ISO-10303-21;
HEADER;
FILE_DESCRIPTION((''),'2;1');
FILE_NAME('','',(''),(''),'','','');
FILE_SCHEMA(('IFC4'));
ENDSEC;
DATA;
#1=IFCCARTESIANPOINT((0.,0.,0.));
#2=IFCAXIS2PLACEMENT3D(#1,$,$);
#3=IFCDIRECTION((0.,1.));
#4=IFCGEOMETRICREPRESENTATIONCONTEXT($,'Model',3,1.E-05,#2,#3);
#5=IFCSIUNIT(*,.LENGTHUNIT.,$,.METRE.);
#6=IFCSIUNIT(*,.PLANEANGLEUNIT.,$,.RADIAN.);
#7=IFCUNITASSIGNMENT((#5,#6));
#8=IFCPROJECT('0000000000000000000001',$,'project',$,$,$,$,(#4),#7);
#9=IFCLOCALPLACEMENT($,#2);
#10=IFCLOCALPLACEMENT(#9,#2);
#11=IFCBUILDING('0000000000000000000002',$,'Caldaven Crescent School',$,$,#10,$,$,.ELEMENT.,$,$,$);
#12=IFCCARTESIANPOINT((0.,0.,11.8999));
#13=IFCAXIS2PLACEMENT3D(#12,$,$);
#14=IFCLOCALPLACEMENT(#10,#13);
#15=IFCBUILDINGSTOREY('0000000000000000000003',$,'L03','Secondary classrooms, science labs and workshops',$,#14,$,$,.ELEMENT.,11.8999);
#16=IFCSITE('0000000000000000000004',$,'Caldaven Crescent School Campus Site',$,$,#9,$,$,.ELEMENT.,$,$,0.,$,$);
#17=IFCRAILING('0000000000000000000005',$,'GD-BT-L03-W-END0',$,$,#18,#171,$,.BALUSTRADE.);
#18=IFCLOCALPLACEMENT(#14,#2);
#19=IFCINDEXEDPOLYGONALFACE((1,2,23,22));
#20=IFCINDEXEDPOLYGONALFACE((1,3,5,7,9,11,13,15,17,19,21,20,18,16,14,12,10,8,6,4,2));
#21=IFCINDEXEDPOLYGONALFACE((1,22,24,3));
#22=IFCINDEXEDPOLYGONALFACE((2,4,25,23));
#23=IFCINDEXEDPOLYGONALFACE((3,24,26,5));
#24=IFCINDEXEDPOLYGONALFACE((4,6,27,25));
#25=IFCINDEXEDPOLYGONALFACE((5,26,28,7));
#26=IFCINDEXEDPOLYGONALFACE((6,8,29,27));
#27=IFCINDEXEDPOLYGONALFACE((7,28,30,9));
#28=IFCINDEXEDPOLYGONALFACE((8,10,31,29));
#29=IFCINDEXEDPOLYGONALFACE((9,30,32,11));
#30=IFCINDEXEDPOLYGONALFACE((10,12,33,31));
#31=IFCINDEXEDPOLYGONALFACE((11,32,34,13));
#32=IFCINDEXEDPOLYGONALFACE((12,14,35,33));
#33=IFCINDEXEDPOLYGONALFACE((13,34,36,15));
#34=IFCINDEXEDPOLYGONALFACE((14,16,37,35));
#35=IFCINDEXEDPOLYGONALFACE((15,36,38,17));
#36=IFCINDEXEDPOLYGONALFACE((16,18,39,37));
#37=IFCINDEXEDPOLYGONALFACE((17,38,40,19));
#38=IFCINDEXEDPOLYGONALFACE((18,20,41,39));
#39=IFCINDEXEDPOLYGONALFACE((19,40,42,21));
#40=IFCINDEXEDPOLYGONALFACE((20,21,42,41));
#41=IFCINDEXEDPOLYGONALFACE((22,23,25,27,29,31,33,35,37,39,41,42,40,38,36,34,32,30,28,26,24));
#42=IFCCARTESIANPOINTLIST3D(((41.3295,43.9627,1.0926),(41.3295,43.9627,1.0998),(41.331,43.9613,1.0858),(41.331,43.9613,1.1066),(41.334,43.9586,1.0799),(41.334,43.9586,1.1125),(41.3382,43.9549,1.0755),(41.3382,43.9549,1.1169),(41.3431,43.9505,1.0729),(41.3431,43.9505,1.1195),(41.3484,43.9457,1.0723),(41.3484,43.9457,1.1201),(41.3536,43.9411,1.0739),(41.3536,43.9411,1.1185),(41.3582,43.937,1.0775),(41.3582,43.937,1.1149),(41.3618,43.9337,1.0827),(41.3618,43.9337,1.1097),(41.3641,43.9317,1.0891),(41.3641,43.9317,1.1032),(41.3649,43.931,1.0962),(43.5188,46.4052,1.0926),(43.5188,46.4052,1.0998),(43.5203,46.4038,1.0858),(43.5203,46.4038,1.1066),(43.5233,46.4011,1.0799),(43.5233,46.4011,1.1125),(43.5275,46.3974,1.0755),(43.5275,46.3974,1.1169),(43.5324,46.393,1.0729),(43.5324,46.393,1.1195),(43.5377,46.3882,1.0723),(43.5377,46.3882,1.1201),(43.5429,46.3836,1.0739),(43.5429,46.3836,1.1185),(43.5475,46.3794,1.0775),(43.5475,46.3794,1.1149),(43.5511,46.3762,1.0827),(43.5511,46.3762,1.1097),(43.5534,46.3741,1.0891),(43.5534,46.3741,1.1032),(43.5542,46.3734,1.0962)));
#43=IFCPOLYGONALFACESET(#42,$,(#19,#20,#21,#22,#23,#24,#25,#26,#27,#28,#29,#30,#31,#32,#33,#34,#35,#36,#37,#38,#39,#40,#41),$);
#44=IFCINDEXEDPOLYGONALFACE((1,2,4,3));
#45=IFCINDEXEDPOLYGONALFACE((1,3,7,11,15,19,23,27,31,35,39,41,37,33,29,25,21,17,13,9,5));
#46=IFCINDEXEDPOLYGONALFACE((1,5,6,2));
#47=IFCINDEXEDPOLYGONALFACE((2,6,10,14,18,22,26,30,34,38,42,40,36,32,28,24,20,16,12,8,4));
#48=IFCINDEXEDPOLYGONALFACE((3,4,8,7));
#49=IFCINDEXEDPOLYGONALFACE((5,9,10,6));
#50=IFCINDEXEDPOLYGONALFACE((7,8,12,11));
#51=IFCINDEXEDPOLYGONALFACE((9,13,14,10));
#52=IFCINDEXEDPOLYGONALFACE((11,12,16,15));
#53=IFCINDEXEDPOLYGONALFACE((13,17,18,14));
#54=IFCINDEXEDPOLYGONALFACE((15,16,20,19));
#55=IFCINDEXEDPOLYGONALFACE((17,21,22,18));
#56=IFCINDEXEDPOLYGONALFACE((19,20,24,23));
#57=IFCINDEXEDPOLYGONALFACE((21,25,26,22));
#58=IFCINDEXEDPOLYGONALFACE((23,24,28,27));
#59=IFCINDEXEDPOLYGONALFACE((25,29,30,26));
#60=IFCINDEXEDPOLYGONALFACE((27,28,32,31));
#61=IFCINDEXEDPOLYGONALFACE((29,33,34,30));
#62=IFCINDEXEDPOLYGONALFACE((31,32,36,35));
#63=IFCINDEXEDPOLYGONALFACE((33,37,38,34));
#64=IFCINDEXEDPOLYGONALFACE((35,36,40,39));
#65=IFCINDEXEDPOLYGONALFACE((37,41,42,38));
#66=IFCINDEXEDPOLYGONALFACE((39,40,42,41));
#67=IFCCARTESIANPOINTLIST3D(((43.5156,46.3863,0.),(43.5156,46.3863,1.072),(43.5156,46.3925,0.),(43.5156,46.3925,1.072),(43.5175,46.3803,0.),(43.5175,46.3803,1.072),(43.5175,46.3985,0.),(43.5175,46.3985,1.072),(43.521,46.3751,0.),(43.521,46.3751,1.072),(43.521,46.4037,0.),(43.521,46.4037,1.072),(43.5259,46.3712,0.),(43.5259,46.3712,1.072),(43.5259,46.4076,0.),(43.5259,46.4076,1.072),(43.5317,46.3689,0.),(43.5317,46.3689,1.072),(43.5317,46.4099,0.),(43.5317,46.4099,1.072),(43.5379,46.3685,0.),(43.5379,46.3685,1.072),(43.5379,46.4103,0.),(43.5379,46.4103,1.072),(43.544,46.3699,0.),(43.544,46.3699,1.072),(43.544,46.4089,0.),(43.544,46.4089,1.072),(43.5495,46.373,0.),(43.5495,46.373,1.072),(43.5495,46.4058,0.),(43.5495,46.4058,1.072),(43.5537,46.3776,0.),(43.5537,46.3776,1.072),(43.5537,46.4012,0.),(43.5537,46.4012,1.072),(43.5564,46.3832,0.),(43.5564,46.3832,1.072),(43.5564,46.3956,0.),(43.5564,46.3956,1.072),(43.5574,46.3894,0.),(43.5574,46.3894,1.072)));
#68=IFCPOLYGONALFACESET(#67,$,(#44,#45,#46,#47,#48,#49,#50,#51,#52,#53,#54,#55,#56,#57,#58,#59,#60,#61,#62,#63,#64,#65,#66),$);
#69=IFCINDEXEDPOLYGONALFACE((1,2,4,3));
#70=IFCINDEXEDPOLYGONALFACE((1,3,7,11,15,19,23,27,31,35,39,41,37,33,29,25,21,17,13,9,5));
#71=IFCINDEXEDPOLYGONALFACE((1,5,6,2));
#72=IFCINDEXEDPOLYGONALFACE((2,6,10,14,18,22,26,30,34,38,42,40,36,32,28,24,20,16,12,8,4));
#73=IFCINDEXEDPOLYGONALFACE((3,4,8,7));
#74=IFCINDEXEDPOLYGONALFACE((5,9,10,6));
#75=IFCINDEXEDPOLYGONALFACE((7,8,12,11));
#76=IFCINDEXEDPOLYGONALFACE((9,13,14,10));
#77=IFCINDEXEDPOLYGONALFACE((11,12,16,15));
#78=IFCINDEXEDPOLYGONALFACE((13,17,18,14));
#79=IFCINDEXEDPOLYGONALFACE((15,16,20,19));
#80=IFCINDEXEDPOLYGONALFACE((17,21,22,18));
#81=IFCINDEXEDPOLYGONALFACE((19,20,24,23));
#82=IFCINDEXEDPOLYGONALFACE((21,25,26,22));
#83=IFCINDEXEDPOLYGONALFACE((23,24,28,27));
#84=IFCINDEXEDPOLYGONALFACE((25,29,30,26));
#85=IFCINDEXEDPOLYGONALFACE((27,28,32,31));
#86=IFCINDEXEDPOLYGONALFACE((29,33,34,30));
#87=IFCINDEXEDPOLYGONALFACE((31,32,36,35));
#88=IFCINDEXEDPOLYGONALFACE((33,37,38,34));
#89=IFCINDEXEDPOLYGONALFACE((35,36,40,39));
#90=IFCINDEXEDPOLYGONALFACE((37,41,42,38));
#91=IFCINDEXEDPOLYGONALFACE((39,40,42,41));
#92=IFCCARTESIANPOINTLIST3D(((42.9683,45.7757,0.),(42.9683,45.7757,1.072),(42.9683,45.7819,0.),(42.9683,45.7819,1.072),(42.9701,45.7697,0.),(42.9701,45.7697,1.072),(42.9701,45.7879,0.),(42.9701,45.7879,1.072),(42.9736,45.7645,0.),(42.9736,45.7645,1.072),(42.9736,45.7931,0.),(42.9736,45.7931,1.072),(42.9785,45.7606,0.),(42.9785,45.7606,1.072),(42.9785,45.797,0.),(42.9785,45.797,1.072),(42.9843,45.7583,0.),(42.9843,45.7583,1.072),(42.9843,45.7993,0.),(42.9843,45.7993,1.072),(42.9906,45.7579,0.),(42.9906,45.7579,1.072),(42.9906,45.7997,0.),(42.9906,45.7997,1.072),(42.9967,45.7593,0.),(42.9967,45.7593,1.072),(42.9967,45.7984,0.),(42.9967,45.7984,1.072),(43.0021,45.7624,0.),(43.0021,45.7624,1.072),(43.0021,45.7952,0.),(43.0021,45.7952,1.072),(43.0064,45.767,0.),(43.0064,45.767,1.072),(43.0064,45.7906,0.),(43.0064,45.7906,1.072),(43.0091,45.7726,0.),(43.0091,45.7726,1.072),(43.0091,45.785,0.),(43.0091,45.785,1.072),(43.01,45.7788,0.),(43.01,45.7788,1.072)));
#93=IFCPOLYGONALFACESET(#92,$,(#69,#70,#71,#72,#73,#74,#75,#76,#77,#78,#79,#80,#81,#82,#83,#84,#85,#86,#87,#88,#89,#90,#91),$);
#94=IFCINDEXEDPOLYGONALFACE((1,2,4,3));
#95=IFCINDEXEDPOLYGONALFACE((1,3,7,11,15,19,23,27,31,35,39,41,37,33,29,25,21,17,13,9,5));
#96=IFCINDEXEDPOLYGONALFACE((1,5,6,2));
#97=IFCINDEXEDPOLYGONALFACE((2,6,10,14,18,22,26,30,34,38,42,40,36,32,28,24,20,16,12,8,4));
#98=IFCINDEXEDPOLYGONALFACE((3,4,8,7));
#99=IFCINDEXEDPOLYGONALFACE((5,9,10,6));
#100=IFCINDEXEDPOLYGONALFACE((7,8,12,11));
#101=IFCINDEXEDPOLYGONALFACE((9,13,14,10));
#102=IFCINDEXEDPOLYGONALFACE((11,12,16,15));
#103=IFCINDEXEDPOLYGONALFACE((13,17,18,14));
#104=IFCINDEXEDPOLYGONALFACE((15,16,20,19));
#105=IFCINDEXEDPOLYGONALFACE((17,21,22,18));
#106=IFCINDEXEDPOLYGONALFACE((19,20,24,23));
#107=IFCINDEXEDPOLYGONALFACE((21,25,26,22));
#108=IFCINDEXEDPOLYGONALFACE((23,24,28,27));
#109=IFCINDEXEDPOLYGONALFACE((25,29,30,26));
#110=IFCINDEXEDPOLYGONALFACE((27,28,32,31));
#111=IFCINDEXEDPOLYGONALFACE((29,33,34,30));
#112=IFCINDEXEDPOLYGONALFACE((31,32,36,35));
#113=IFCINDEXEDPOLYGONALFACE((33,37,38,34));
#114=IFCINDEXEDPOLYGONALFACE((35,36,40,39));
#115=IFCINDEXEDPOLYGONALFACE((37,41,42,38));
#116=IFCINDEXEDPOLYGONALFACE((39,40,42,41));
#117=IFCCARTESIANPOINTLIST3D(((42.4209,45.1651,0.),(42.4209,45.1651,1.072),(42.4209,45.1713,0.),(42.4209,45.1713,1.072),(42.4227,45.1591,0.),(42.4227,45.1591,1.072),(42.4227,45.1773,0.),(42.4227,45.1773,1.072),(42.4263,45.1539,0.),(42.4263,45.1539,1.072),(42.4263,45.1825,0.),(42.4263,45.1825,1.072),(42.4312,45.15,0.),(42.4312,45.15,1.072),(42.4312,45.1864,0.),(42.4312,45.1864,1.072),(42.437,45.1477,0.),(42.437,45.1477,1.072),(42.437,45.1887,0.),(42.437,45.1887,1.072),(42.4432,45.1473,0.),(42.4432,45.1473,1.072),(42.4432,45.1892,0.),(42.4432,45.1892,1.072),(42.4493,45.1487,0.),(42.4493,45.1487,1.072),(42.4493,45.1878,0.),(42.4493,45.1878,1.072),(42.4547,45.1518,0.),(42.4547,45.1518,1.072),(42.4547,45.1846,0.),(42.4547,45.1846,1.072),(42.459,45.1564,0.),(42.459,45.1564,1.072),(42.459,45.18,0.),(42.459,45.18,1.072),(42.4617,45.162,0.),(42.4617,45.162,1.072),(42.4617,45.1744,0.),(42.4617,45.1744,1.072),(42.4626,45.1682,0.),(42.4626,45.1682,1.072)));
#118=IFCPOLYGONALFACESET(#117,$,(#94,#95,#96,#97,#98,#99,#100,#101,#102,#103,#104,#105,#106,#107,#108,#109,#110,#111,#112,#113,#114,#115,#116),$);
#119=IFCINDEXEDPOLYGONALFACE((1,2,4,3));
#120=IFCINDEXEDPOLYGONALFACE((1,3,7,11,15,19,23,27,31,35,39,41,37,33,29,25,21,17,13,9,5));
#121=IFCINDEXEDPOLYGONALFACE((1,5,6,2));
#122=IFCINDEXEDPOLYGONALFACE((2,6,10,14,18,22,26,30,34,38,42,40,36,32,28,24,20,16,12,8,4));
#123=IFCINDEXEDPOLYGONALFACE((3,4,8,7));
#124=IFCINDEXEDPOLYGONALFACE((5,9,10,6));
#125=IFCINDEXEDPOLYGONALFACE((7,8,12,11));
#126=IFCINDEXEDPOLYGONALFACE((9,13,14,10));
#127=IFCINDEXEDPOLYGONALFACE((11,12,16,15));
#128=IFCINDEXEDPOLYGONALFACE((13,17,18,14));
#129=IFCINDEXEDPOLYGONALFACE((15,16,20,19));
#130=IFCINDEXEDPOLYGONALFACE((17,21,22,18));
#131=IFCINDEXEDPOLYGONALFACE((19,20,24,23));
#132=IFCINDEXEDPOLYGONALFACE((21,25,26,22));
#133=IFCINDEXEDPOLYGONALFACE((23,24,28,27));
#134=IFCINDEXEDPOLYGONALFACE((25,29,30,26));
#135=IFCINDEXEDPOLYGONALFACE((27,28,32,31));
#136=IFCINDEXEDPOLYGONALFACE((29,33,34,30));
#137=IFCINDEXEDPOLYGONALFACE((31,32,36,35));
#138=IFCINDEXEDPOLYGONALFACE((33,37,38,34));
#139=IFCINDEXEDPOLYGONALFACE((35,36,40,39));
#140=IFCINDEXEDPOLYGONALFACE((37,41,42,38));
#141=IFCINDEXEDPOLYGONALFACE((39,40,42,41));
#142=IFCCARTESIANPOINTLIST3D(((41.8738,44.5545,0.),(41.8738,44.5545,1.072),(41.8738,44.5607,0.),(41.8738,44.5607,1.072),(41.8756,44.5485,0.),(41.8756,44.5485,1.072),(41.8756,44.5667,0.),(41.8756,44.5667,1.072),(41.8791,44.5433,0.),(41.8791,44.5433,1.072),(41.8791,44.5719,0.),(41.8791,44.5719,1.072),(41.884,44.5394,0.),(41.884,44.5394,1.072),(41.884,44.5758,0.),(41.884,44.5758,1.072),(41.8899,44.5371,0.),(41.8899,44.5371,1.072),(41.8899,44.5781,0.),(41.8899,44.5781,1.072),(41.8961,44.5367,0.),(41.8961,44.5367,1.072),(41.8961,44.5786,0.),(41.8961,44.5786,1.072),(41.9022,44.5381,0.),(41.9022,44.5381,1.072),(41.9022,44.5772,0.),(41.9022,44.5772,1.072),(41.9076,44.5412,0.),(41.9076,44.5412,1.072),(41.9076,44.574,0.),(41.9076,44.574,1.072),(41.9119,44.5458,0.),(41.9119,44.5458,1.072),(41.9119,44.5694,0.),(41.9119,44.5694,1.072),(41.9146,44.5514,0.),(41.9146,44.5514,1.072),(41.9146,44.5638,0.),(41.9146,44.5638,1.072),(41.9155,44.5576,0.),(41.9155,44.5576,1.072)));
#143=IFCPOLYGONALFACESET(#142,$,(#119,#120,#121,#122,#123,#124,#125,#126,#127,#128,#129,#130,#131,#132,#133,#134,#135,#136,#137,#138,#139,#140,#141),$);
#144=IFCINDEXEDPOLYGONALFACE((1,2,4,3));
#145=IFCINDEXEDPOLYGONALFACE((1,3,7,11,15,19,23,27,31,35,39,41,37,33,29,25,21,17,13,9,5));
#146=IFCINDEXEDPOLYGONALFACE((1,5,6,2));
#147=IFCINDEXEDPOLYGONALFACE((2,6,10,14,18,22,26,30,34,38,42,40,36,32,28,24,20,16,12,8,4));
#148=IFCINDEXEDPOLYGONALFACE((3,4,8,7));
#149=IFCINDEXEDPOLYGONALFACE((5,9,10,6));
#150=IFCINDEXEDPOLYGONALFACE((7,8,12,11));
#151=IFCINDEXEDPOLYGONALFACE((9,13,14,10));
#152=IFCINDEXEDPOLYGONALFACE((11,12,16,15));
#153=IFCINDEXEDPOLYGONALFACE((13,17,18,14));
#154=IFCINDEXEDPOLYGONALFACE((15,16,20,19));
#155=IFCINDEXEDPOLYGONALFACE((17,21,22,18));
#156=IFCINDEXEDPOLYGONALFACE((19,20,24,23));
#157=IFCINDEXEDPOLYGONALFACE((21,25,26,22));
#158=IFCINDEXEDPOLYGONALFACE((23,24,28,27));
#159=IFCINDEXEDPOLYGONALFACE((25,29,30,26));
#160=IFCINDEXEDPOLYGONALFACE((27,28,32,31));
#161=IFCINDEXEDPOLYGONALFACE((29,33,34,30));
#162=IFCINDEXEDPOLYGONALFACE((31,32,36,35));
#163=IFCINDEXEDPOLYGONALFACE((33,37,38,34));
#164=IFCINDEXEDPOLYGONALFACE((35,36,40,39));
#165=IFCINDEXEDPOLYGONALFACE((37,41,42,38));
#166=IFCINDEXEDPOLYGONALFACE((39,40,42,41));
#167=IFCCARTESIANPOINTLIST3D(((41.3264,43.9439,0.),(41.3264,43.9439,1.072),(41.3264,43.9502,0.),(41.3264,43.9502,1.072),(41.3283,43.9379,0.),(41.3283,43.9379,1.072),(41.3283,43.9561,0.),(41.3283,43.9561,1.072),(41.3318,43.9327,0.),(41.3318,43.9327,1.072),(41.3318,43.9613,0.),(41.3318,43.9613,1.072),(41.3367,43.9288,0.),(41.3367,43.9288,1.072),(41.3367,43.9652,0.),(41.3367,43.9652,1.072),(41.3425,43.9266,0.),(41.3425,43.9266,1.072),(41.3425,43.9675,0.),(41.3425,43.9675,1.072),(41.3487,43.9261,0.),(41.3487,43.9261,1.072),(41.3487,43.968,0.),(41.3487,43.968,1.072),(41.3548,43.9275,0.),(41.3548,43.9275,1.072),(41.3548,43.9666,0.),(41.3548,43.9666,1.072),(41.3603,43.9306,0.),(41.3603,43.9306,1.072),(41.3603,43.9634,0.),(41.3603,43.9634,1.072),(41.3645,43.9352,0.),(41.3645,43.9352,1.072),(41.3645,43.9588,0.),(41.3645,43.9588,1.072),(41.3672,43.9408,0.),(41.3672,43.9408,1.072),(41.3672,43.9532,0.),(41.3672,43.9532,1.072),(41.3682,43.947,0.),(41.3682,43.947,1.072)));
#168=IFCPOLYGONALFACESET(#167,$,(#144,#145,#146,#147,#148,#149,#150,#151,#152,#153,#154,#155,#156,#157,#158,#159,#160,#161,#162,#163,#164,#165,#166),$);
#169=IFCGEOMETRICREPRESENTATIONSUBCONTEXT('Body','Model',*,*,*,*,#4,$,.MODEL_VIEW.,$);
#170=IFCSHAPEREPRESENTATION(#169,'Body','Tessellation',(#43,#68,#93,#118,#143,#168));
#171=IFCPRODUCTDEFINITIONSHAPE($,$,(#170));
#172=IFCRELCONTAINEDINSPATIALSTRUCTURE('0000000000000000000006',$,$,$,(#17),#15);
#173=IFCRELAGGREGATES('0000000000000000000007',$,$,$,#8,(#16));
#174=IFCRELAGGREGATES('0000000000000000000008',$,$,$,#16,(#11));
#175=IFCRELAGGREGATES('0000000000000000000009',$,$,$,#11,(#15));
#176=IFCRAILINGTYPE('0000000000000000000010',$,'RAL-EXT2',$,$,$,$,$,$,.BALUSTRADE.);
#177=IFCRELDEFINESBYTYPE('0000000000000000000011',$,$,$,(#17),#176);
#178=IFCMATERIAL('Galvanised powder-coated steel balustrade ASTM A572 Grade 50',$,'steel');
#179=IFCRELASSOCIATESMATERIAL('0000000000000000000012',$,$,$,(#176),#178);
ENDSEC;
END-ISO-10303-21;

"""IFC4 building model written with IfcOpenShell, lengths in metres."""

from ifc_helpers import new_model, si_unit, direction, frame, origin, origin_2d, place, context, subcontext, project, spatial, circle, extrude, material, type_object, element, save


model = new_model("IFC4")

# Units and contexts
model_context = context("Model", 3, precision=1e-05, world=origin(), true_north=direction((0.0, 1.0)))
body_context = subcontext(model_context, "Body", "Model", "MODEL_VIEW")
ifc_project = project(units=[si_unit("LENGTHUNIT", "METRE"), si_unit("PLANEANGLEUNIT", "RADIAN")], contexts=[model_context])

# Site, building, storey
site_placement = place(None, origin())
site = spatial("IfcSite", under=ifc_project, at=site_placement, Name="Caldaven Crescent School Campus Site", CompositionType="ELEMENT", RefElevation=0.0)
building_placement = place(site_placement, origin())
building = spatial("IfcBuilding", under=site, at=building_placement, Name="Caldaven Crescent School", CompositionType="ELEMENT")
storey_placement = place(building_placement, frame((0.0, 0.0, 11.8999)))
storey = spatial("IfcBuildingStorey", under=building, at=storey_placement, Name="L03", Description="Secondary classrooms, science labs and workshops", CompositionType="ELEMENT", Elevation=11.8999)

# Railing
ifc_material_1 = material(Name="Galvanised powder-coated steel balustrade ASTM A572 Grade 50", Category="steel")
railing_type_1 = type_object("IfcRailingType", Name="RAL-EXT2", PredefinedType="BALUSTRADE", material=ifc_material_1)
railing_1_placement = place(storey_placement, frame((43.5364, 46.3894, 0.0)))
element("IfcRailing", 1, at=railing_1_placement, inside=storey, type_object=railing_type_1, Name="GD-BT-L03-W-END0", PredefinedType="BALUSTRADE", context=body_context, shape_type="SweptSolid", body=[
    extrude(circle(Radius=0.0239, at=origin_2d()), frame((0.0, 0.0, 1.0962), z_axis=(-0.667458, -0.744647, 0.0), x_axis=(0.744647, -0.667458, 0.0)), (0.0, 0.0, 1.0), 3.28),
    extrude(circle(Radius=0.021, at=origin_2d()), origin(), (0.0, 0.0, 1.0), 1.072),
    extrude(circle(Radius=0.021, at=origin_2d()), frame((-0.5474, -0.6106, 0.0)), (0.0, 0.0, 1.0), 1.072),
    extrude(circle(Radius=0.021, at=origin_2d()), frame((-1.0947, -1.2212, 0.0)), (0.0, 0.0, 1.0), 1.072),
    extrude(circle(Radius=0.021, at=origin_2d()), frame((-1.6418, -1.8318, 0.0)), (0.0, 0.0, 1.0), 1.072),
    extrude(circle(Radius=0.021, at=origin_2d()), frame((-2.1892, -2.4424, 0.0)), (0.0, 0.0, 1.0), 1.072),
])

save(model, "model.ifc")
